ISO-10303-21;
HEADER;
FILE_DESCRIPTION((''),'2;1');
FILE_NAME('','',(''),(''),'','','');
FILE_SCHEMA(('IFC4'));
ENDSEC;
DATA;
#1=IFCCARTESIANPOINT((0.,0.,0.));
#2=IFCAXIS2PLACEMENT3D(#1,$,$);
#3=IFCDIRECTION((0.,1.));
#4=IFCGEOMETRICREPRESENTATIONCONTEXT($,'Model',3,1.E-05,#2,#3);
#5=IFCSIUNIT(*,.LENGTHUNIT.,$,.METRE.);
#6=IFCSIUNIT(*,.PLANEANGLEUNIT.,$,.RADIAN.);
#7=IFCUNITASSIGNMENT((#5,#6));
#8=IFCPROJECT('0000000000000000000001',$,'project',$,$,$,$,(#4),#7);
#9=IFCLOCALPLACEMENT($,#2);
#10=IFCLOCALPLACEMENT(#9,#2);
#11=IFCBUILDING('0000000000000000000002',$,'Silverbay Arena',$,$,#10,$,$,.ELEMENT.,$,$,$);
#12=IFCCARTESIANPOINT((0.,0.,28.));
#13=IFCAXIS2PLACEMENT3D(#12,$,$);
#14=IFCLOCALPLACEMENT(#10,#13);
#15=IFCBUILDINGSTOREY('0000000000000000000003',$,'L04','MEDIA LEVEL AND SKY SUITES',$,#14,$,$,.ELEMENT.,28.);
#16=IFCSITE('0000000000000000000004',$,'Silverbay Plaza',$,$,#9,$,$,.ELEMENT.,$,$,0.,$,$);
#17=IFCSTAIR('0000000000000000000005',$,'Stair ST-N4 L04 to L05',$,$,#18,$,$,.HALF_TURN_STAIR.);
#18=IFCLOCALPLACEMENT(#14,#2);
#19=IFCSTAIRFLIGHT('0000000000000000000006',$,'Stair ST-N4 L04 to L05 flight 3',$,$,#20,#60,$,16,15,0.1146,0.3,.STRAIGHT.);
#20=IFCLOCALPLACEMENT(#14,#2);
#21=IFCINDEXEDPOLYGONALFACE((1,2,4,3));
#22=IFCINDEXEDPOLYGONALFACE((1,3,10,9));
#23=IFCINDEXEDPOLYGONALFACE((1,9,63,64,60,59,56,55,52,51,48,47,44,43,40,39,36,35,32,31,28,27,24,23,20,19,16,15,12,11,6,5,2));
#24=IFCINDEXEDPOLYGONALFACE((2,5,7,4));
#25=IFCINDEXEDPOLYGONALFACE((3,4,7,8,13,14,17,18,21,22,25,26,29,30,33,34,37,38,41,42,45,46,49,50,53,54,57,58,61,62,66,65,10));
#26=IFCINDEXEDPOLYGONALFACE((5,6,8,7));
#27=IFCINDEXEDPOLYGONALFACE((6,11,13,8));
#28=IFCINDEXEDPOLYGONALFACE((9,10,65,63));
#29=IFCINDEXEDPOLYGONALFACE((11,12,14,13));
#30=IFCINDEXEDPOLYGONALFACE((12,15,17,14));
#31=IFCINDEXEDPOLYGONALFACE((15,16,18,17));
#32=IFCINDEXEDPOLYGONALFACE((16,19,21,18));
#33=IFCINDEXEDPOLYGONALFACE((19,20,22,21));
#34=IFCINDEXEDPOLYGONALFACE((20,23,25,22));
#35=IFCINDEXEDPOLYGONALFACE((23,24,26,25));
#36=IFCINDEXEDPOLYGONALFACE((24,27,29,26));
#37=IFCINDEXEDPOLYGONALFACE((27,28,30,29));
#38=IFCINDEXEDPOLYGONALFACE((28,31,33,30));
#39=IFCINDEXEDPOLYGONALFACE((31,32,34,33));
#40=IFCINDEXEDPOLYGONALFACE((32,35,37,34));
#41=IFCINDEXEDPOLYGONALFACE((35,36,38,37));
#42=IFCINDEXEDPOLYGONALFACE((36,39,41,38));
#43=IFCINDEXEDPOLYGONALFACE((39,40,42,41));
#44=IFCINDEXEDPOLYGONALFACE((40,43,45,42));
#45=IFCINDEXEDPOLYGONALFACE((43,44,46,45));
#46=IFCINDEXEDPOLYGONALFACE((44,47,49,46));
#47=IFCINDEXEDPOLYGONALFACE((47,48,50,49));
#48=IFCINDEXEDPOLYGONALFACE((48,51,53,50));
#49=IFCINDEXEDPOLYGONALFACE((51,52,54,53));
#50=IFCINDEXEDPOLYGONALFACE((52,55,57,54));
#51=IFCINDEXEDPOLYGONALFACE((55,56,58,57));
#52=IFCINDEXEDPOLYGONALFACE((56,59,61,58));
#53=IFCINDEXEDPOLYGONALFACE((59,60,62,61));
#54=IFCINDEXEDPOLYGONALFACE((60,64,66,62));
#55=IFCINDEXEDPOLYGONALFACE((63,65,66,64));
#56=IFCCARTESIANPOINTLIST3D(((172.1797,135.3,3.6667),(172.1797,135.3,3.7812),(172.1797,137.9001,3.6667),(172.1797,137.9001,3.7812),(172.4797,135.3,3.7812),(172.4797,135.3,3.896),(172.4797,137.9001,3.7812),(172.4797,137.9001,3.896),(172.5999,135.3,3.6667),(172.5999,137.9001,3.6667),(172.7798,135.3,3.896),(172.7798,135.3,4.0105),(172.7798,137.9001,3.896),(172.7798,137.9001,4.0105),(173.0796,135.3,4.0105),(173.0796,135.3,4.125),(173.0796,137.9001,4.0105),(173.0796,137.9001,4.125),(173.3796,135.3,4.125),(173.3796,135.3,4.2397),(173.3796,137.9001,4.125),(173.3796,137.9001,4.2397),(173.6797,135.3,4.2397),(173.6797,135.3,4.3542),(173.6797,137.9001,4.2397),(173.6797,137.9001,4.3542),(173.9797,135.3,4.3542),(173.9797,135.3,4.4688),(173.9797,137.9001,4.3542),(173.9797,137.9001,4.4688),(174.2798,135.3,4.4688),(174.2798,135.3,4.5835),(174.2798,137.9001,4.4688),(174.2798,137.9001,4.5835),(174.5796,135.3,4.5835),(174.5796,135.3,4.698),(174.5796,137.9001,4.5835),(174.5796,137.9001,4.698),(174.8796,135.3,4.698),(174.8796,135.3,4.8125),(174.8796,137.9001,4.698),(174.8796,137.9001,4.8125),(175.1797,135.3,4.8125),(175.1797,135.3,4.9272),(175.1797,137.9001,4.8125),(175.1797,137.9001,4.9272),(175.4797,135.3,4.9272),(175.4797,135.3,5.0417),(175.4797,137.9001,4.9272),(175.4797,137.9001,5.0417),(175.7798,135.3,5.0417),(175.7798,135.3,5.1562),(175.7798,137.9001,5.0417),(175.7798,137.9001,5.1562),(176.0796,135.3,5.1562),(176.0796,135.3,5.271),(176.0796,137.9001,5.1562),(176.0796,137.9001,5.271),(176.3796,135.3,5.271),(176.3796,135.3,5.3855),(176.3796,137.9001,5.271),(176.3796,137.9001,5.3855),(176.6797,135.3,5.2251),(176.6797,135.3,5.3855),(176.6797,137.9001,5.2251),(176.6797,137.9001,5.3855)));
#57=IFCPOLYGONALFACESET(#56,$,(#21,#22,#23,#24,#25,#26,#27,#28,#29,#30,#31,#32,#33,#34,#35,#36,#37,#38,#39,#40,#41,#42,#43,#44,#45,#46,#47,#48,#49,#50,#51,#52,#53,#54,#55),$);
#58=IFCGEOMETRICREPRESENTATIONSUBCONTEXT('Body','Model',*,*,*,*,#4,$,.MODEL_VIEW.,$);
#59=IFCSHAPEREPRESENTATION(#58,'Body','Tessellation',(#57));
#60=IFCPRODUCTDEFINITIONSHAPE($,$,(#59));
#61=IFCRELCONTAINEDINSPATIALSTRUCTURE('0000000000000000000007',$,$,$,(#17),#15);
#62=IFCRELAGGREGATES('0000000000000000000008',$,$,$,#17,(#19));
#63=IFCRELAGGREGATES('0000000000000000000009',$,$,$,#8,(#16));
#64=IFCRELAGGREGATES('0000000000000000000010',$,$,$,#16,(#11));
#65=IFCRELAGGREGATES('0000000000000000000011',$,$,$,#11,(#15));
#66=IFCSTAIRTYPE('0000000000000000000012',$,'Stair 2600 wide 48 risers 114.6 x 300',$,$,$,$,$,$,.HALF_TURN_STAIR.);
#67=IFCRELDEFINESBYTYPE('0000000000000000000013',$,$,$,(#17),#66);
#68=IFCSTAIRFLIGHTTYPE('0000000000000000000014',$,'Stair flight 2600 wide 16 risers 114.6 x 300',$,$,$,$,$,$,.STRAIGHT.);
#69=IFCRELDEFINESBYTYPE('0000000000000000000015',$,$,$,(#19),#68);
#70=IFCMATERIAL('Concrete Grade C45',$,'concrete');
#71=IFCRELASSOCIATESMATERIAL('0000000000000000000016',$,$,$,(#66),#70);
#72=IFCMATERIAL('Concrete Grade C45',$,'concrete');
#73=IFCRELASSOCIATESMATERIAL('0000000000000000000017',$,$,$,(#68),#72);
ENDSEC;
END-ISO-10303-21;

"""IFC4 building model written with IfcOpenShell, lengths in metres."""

from ifc_helpers import new_model, si_unit, direction, frame, origin, place, context, subcontext, project, spatial, polyline, outline, extrude, material, type_object, element, aggregate, save


model = new_model("IFC4")

# Units and contexts
model_context = context("Model", 3, precision=1e-05, world=origin(), true_north=direction((0.0, 1.0)))
body_context = subcontext(model_context, "Body", "Model", "MODEL_VIEW")
ifc_project = project(units=[si_unit("LENGTHUNIT", "METRE"), si_unit("PLANEANGLEUNIT", "RADIAN")], contexts=[model_context])

# Site, building, storey
site_placement = place(None, origin())
site = spatial("IfcSite", under=ifc_project, at=site_placement, Name="Silverbay Plaza", CompositionType="ELEMENT", RefElevation=0.0)
building_placement = place(site_placement, origin())
building = spatial("IfcBuilding", under=site, at=building_placement, Name="Silverbay Arena", CompositionType="ELEMENT")
storey_placement = place(building_placement, frame((0.0, 0.0, 28.0)))
storey = spatial("IfcBuildingStorey", under=building, at=storey_placement, Name="L04", Description="MEDIA LEVEL AND SKY SUITES", CompositionType="ELEMENT", Elevation=28.0)

# Shared definitions
ifc_material_1 = material(Name="Concrete Grade C45", Category="concrete")
stair_type = type_object("IfcStairType", Name="Stair 2600 wide 48 risers 114.6 x 300", PredefinedType="HALF_TURN_STAIR", material=ifc_material_1)
ifc_material_2 = material(Name="Concrete Grade C45", Category="concrete")
stair_flight_type = type_object("IfcStairFlightType", Name="Stair flight 2600 wide 16 risers 114.6 x 300", PredefinedType="STRAIGHT", material=ifc_material_2)

# Stair, stair flight
stair_1_placement = place(storey_placement, origin())
stair_1 = element("IfcStair", 1, at=stair_1_placement, inside=storey, type_object=stair_type, Name="Stair ST-N4 L04 to L05", PredefinedType="HALF_TURN_STAIR")
stair_flight_1_placement = place(storey_placement, frame((172.1797, 136.6001, 3.6667), z_axis=(0.0, 0.0, 1.0), x_axis=(1.0, 0.0, 0.0)))
stair_flight_1 = element("IfcStairFlight", 2, at=stair_flight_1_placement, type_object=stair_flight_type, Name="Stair ST-N4 L04 to L05 flight 3", NumberOfRisers=16, NumberOfTreads=15, PredefinedType="STRAIGHT", RiserHeight=0.1146, TreadLength=0.3, context=body_context, shape_type="SweptSolid", body=[
    extrude(outline(polyline([(0.0, 0.0), (0.0, 0.1145), (0.3, 0.1145), (0.3, 0.2292), (0.6001, 0.2292), (0.6001, 0.3438), (0.8999, 0.3438), (0.8999, 0.4583), (1.2, 0.4583), (1.2, 0.573), (1.5, 0.573), (1.5, 0.6875), (1.8, 0.6875), (1.8, 0.802), (2.1001, 0.802), (2.1001, 0.9167), (2.3999, 0.9167), (2.3999, 1.0312), (2.7, 1.0312), (2.7, 1.1458), (3.0, 1.1458), (3.0, 1.2605), (3.3, 1.2605), (3.3, 1.375), (3.6001, 1.375), (3.6001, 1.4895), (3.8999, 1.4895), (3.8999, 1.6042), (4.2, 1.6042), (4.2, 1.7188), (4.5, 1.7188), (4.5, 1.5583), (0.4202, 0.0), (0.0, 0.0)])), frame((0.0, 1.3, 0.0), z_axis=(0.0, -1.0, 0.0), x_axis=(1.0, 0.0, 0.0)), (0.0, 0.0, 1.0), 2.6001),
])
aggregate(stair_1, [stair_flight_1])

save(model, "model.ifc")
